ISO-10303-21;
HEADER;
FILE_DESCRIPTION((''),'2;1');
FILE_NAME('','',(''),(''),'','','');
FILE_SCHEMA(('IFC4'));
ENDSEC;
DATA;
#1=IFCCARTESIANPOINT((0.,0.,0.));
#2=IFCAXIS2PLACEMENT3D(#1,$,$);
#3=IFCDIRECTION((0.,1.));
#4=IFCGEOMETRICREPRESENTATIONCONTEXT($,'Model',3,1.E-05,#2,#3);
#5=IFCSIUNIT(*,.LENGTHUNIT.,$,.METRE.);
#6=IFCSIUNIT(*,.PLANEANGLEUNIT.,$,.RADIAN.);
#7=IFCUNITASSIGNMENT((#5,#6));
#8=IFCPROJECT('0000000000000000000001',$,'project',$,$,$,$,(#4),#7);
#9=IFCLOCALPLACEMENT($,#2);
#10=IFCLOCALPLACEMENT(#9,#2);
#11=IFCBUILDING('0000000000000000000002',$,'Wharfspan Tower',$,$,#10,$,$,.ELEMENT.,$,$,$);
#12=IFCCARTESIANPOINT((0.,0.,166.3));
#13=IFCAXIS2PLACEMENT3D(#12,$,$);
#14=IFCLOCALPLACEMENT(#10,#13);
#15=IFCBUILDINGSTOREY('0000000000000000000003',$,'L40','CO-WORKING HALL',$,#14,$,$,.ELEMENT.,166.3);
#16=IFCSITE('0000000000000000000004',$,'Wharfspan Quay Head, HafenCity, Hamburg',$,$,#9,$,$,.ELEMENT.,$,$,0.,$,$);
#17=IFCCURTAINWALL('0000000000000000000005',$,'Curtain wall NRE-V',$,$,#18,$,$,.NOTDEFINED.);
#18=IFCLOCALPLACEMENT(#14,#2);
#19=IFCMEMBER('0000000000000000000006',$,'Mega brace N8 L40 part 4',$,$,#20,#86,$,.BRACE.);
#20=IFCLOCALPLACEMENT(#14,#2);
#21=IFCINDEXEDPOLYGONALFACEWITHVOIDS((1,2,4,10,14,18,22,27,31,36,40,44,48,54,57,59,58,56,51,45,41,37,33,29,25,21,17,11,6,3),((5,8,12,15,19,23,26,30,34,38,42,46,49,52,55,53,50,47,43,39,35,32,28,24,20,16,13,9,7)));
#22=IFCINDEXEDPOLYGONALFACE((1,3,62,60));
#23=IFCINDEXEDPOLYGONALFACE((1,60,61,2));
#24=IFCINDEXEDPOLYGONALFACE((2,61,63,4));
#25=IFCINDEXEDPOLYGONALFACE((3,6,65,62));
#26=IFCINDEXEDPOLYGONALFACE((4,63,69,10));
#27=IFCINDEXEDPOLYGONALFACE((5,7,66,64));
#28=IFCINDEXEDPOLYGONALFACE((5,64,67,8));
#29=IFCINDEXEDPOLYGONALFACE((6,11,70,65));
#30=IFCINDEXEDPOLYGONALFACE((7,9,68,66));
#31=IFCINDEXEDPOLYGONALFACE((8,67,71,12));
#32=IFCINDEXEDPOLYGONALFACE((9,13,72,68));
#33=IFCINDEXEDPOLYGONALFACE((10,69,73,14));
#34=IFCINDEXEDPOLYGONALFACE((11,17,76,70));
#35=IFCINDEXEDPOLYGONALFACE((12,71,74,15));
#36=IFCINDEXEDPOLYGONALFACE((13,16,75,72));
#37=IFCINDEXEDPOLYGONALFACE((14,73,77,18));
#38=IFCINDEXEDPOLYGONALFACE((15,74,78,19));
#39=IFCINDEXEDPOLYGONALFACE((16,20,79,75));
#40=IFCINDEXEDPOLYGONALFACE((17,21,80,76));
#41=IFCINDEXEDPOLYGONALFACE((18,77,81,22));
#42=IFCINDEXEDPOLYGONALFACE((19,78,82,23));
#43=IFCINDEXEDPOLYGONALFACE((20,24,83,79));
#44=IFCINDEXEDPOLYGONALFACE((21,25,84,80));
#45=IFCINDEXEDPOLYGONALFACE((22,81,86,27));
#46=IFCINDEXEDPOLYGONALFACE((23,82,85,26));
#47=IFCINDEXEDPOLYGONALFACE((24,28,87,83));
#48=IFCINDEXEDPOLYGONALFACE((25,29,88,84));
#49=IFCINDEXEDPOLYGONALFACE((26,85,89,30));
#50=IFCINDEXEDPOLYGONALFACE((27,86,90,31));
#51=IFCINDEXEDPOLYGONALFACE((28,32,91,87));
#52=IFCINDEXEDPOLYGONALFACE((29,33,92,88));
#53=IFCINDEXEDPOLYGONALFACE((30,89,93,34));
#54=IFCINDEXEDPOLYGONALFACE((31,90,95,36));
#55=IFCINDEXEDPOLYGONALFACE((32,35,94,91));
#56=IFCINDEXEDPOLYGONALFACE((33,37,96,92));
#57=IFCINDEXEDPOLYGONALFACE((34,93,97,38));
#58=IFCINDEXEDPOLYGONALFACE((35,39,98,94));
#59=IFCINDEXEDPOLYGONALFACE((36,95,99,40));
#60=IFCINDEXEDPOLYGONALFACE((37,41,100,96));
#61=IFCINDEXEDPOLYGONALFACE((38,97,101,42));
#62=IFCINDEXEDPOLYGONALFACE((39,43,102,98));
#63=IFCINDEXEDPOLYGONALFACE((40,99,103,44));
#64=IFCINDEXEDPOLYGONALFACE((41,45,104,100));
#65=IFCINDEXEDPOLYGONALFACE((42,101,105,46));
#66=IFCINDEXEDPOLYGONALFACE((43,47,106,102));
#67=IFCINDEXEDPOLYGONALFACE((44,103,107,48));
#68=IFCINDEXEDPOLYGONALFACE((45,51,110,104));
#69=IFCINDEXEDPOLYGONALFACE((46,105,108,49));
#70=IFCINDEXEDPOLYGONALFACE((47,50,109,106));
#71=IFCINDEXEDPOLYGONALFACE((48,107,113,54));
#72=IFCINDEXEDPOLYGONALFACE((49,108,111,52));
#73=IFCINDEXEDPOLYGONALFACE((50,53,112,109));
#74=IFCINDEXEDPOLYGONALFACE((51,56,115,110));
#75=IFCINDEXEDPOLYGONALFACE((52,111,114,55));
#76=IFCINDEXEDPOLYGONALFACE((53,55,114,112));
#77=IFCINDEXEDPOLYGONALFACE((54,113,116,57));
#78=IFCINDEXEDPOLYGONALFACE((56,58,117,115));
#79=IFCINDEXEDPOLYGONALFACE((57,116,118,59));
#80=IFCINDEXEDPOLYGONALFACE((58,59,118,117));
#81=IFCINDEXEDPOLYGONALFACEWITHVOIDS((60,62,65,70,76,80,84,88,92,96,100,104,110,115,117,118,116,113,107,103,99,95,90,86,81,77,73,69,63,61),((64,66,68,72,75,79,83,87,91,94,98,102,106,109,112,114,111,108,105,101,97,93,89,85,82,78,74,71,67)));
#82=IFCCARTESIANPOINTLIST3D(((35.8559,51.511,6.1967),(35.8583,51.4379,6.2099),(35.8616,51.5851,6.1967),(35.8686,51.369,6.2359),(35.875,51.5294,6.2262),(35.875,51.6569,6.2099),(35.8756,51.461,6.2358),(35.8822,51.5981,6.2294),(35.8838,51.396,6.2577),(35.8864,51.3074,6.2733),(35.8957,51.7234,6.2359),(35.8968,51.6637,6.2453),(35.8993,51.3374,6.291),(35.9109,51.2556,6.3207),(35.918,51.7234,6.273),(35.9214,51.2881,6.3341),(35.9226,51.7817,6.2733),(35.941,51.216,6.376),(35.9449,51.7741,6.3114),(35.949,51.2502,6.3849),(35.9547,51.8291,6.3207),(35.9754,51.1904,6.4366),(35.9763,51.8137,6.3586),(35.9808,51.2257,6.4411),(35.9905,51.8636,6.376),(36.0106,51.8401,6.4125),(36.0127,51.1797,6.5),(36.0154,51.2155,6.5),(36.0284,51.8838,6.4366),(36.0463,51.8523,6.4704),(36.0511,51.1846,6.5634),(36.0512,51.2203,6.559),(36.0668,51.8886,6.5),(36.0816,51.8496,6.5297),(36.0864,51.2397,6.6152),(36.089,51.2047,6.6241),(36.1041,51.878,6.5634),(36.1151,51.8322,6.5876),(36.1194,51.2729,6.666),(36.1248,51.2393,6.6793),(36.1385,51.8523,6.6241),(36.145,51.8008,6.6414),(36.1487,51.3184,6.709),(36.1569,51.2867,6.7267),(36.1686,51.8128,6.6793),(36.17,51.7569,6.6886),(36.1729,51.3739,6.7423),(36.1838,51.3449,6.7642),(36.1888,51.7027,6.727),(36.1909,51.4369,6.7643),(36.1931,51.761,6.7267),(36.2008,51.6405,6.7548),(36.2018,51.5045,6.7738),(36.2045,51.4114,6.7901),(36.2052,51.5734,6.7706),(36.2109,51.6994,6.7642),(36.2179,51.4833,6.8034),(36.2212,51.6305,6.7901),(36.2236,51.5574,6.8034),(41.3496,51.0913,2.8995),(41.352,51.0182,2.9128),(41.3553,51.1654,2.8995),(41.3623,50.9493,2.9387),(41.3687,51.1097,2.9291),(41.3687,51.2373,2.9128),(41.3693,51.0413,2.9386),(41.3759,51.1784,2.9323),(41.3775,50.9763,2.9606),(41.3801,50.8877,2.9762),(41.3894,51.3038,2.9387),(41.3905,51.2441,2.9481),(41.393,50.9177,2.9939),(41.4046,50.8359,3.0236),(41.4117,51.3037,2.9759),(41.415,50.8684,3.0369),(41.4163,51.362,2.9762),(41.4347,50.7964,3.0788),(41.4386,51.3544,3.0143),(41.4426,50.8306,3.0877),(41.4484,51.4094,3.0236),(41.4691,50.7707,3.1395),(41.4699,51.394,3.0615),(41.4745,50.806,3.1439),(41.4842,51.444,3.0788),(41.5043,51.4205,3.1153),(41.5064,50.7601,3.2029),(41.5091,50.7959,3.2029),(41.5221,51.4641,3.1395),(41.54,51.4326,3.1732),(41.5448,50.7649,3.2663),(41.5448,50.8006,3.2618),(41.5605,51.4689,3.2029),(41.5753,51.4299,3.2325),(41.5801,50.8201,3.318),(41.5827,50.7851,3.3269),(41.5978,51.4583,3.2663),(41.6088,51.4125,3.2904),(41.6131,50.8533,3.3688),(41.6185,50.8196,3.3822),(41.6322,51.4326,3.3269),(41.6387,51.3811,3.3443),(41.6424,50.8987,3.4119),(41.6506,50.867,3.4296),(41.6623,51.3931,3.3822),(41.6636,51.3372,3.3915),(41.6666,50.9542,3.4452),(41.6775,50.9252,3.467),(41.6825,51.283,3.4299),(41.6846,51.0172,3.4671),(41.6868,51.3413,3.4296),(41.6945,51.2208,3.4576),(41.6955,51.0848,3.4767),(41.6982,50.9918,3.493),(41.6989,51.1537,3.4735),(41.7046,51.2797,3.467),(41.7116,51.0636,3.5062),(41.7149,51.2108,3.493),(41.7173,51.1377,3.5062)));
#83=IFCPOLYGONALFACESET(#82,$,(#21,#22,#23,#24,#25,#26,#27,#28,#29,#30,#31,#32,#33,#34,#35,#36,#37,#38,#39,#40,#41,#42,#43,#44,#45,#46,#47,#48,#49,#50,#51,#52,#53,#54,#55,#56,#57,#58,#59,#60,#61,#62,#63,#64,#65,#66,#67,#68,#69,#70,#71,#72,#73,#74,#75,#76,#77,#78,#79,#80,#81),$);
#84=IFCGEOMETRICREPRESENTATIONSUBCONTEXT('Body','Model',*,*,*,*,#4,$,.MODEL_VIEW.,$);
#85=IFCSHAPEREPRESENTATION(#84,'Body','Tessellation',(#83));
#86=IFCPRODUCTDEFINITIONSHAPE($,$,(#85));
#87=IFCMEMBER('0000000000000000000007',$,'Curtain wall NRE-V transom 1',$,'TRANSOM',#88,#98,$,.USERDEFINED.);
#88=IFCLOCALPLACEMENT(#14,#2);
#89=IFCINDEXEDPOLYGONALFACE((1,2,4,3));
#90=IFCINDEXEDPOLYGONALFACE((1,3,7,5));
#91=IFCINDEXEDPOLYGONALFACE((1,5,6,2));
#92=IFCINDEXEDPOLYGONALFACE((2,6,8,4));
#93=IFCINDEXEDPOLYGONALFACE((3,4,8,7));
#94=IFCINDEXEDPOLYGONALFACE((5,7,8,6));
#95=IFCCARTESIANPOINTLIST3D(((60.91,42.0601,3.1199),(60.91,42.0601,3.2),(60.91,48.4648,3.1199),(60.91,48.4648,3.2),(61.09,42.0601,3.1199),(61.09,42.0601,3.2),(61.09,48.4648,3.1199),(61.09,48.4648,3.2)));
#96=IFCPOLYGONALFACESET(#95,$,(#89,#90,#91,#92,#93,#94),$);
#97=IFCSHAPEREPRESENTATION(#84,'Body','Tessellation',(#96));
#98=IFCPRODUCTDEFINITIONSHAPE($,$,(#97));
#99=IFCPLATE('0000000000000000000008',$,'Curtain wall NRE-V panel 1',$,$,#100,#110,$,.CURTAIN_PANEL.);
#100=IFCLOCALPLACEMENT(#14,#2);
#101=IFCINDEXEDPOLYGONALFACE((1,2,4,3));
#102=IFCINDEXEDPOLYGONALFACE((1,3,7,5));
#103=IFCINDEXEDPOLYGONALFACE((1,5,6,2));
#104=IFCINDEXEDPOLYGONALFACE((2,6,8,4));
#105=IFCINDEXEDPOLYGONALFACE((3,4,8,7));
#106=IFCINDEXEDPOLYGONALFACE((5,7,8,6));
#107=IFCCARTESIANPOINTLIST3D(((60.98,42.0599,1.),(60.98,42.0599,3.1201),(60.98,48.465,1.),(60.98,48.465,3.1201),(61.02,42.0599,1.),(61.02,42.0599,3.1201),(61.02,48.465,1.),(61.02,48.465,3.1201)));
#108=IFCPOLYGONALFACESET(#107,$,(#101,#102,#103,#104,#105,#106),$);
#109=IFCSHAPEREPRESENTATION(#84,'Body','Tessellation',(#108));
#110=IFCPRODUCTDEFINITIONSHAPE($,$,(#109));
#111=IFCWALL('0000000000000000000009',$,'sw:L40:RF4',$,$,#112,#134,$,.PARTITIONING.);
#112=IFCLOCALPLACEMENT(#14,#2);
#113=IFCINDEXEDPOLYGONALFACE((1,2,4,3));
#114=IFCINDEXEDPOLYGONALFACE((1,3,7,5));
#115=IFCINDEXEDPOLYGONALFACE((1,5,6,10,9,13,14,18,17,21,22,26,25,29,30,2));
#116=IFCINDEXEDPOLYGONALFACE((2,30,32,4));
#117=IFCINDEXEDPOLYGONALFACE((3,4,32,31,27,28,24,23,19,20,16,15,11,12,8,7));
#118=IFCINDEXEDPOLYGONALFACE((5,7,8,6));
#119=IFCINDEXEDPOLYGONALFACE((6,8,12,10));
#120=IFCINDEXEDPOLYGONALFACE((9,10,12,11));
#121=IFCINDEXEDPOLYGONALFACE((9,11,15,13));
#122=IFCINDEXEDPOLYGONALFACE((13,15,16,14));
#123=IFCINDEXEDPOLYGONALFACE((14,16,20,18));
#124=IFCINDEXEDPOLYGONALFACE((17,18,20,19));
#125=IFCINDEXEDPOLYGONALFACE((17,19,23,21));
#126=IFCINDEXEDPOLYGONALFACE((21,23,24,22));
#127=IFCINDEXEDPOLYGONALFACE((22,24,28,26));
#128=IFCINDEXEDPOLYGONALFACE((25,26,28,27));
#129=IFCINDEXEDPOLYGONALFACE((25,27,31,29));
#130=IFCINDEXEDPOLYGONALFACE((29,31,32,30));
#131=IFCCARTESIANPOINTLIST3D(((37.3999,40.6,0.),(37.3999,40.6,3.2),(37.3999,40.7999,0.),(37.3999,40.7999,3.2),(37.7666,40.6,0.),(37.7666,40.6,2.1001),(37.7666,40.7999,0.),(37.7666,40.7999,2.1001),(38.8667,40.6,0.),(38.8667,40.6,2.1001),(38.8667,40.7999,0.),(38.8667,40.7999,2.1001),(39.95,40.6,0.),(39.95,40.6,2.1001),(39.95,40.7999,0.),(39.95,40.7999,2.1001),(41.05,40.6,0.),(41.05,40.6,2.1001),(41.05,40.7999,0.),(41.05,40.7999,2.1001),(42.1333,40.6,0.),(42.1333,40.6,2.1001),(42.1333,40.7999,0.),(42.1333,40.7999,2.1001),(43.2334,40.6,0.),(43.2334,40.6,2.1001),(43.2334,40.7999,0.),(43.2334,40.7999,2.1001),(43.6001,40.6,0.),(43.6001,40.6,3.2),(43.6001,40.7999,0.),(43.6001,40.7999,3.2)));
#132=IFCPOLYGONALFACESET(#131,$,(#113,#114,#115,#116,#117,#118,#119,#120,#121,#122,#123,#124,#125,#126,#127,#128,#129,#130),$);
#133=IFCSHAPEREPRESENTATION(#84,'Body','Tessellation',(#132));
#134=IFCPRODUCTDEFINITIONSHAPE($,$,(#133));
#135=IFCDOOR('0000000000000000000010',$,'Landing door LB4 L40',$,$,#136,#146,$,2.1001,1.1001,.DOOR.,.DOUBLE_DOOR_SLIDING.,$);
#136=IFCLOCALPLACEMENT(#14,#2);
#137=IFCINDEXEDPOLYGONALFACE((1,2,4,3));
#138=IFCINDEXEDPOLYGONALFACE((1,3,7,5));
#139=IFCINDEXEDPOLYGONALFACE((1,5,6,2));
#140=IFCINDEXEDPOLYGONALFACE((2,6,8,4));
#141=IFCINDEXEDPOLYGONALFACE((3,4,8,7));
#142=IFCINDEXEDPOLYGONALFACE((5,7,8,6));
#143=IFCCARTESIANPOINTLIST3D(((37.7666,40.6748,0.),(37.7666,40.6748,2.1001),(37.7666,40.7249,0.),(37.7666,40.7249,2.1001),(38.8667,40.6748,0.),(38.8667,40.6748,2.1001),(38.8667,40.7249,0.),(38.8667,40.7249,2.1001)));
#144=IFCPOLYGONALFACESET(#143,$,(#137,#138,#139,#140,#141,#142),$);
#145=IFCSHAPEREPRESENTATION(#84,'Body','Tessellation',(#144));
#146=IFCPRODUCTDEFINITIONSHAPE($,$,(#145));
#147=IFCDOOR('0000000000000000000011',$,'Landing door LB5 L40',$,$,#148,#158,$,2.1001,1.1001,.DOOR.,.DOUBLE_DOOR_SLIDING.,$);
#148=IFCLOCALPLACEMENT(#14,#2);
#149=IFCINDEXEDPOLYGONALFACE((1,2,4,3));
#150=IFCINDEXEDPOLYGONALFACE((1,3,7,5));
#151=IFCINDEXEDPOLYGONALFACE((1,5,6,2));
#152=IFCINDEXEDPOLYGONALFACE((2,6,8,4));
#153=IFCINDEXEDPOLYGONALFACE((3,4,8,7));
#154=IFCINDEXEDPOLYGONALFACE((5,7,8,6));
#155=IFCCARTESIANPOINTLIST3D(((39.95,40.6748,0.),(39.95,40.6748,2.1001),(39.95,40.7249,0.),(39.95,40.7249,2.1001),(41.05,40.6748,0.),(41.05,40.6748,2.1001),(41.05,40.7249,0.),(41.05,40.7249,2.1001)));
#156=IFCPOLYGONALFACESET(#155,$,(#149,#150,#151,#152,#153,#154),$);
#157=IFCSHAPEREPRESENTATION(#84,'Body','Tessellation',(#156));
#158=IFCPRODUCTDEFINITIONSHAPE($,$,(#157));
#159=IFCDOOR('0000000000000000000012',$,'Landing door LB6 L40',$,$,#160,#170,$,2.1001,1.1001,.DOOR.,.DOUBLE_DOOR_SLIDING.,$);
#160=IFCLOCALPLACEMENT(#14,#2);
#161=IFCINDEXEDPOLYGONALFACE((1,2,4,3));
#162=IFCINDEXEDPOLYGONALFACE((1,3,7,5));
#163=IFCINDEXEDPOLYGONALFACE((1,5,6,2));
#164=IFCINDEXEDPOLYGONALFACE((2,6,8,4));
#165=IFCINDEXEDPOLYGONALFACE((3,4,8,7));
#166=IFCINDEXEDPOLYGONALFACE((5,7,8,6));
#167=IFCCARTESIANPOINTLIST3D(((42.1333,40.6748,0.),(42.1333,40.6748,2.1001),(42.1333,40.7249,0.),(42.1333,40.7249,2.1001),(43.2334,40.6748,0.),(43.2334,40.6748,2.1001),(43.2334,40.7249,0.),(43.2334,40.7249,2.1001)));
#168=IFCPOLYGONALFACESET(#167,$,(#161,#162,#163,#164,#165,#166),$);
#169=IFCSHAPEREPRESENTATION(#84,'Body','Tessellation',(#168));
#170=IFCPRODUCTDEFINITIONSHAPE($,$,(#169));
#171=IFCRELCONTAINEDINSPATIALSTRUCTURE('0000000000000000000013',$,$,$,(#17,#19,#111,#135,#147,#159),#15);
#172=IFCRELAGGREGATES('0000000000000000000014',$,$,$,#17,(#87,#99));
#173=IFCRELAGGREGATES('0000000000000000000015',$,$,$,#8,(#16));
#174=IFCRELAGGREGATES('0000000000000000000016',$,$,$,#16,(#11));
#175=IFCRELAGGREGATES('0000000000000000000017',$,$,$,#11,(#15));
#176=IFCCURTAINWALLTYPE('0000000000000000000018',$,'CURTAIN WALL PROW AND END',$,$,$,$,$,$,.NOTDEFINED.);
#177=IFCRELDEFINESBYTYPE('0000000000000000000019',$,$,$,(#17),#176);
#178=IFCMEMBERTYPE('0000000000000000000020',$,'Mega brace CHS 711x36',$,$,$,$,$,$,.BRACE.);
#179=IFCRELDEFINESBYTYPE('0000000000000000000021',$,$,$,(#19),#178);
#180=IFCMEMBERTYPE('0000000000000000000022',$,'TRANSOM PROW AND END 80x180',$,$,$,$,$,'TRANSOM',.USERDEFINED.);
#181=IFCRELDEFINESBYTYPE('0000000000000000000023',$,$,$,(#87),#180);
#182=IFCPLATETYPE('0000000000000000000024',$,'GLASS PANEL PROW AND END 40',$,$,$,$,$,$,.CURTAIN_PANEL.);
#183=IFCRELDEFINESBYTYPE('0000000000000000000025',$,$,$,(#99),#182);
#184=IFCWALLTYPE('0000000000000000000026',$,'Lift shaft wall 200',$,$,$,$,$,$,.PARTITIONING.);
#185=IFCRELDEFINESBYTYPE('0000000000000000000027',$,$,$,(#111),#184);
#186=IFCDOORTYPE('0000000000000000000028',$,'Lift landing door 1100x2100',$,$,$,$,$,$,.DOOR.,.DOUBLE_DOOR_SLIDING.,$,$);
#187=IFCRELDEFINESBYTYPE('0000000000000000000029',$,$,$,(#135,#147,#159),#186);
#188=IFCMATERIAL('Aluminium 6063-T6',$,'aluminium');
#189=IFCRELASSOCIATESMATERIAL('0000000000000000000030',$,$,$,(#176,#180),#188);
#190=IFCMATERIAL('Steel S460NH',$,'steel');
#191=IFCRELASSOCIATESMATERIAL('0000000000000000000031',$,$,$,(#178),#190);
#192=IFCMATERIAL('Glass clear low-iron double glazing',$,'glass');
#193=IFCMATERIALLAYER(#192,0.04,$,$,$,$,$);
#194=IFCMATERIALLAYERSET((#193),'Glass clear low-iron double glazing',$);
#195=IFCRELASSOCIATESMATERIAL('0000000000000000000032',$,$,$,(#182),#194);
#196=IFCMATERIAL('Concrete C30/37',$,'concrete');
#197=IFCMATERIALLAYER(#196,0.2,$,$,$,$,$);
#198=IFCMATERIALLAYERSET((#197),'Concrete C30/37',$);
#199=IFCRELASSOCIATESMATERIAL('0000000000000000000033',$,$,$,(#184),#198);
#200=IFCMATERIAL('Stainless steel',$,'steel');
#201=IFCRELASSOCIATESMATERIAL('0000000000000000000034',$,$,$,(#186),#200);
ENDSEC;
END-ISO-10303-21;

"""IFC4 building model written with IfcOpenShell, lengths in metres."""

from ifc_helpers import new_model, si_unit, direction, frame, frame_2d, origin, origin_2d, place, context, subcontext, project, spatial, rectangle, hollow_circle, extrude, material, layer, layer_set, material_profile, profile_set, type_object, element, fill, aggregate, save


model = new_model("IFC4")

# Units and contexts
model_context = context("Model", 3, precision=1e-05, world=origin(), true_north=direction((0.0, 1.0)))
body_context = subcontext(model_context, "Body", "Model", "MODEL_VIEW")
ifc_project = project(units=[si_unit("LENGTHUNIT", "METRE"), si_unit("PLANEANGLEUNIT", "RADIAN")], contexts=[model_context])

# Site, building, storey
site_placement = place(None, origin())
site = spatial("IfcSite", under=ifc_project, at=site_placement, Name="Wharfspan Quay Head, HafenCity, Hamburg", CompositionType="ELEMENT", RefElevation=0.0)
building_placement = place(site_placement, origin())
building = spatial("IfcBuilding", under=site, at=building_placement, Name="Wharfspan Tower", CompositionType="ELEMENT")
storey_placement = place(building_placement, frame((0.0, 0.0, 166.3)))
storey = spatial("IfcBuildingStorey", under=building, at=storey_placement, Name="L40", Description="CO-WORKING HALL", CompositionType="ELEMENT", Elevation=166.3)

# Curtain wall
ifc_material_1 = material(Name="Aluminium 6063-T6", Category="aluminium")
curtain_wall_type = type_object("IfcCurtainWallType", Name="CURTAIN WALL PROW AND END", PredefinedType="NOTDEFINED", material=ifc_material_1)
curtain_wall_placement = place(storey_placement, origin())
curtain_wall = element("IfcCurtainWall", 1, at=curtain_wall_placement, inside=storey, type_object=curtain_wall_type, Name="Curtain wall NRE-V", PredefinedType="NOTDEFINED")

# Member
ifc_material_2 = material(Name="Steel S460NH", Category="steel")
ifc_material_profile_1 = material_profile(ifc_material_2, hollow_circle(Radius=0.3555, WallThickness=0.0359, at=origin_2d()))
ifc_profile_set_1 = profile_set([ifc_material_profile_1], Name="Steel S460NH")
member_type_1 = type_object("IfcMemberType", Name="Mega brace CHS 711x36", PredefinedType="BRACE", material=ifc_profile_set_1)
for number, where, z_axis, x_axis, name in (
    (2, (41.5334, 51.1145, 3.2029), (-0.855596, 0.065362, 0.513502), (-0.076171, -0.997095, 0.000001), "Mega brace N8 L40 part 4"),
):
    element("IfcMember", number, at=place(storey_placement, frame(where, z_axis=z_axis, x_axis=x_axis)), inside=storey, type_object=member_type_1, Name=name, PredefinedType="BRACE", context=body_context, shape_type="SweptSolid", body=[
        extrude(hollow_circle(Radius=0.3555, WallThickness=0.0359, at=origin_2d()), origin(), (0.0, 0.0, 1.0), 6.4209),
    ])

# Member
ifc_material_profile_2 = material_profile(ifc_material_1, rectangle(XDim=0.1799, YDim=0.0801, at=origin_2d()))
ifc_profile_set_2 = profile_set([ifc_material_profile_2], Name="Aluminium 6063-T6")
member_type_2 = type_object("IfcMemberType", Name="TRANSOM PROW AND END 80x180", ElementType="TRANSOM", PredefinedType="USERDEFINED", material=ifc_profile_set_2)
member_1_placement = place(storey_placement, frame((61.0, 42.0601, 3.1599), z_axis=(0.0, 1.0, 0.0), x_axis=(-1.0, 0.0, 0.0)))
member_1 = element("IfcMember", 3, at=member_1_placement, type_object=member_type_2, Name="Curtain wall NRE-V transom 1", ObjectType="TRANSOM", PredefinedType="USERDEFINED", context=body_context, shape_type="SweptSolid", body=[
    extrude(rectangle(XDim=0.1799, YDim=0.0801, at=origin_2d()), origin(), (0.0, 0.0, 1.0), 6.4048),
])

# Plate
ifc_material_3 = material(Name="Glass clear low-iron double glazing", Category="glass")
ifc_layer_1 = layer(ifc_material_3, 0.04)
ifc_layer_set_1 = layer_set([ifc_layer_1], Name="Glass clear low-iron double glazing")
plate_type = type_object("IfcPlateType", Name="GLASS PANEL PROW AND END 40", PredefinedType="CURTAIN_PANEL", material=ifc_layer_set_1)
plate_placement = place(storey_placement, frame((61.0, 45.2625, 1.0), z_axis=(0.0, 0.0, 1.0), x_axis=(0.0, 1.0, 0.0)))
plate = element("IfcPlate", 4, at=plate_placement, type_object=plate_type, Name="Curtain wall NRE-V panel 1", PredefinedType="CURTAIN_PANEL", context=body_context, shape_type="SweptSolid", body=[
    extrude(rectangle(XDim=6.405, YDim=0.04, at=origin_2d()), origin(), (0.0, 0.0, 1.0), 2.1201),
])
aggregate(curtain_wall, [member_1, plate])

# Wall, openings, doors
ifc_material_4 = material(Name="Concrete C30/37", Category="concrete")
ifc_layer_2 = layer(ifc_material_4, 0.2)
ifc_layer_set_2 = layer_set([ifc_layer_2], Name="Concrete C30/37")
wall_type_1 = type_object("IfcWallType", Name="Lift shaft wall 200", PredefinedType="PARTITIONING", material=ifc_layer_set_2)
wall_1_placement = place(storey_placement, frame((37.3999, 40.7, 0.0), z_axis=(0.0, 0.0, 1.0), x_axis=(1.0, 0.0, 0.0)))
wall_1 = element("IfcWall", 5, at=wall_1_placement, inside=storey, type_object=wall_type_1, Name="sw:L40:RF4", PredefinedType="PARTITIONING", context=body_context, shape_type="SweptSolid", body=[
    extrude(rectangle(XDim=6.2002, YDim=0.2, at=frame_2d((3.1001, 0.0))), origin(), (0.0, 0.0, 1.0), 3.2),
])
opening_1_placement = place(wall_1_placement, frame((0.3667, 0.0, 0.0)))
opening_1 = element("IfcOpeningElement", 6, at=opening_1_placement, cuts=wall_1, PredefinedType="OPENING", context=body_context, shape_type="SweptSolid", body=[
    extrude(rectangle(XDim=1.1001, YDim=2.1001, at=frame_2d((0.55, 1.05))), frame((0.0, 0.1099, 0.0), z_axis=(0.0, -1.0, 0.0), x_axis=(1.0, 0.0, 0.0)), (0.0, 0.0, 1.0), 0.22),
])
opening_2_placement = place(wall_1_placement, frame((2.55, 0.0, 0.0)))
opening_2 = element("IfcOpeningElement", 7, at=opening_2_placement, cuts=wall_1, PredefinedType="OPENING", context=body_context, shape_type="SweptSolid", body=[
    extrude(rectangle(XDim=1.1001, YDim=2.1001, at=frame_2d((0.55, 1.05))), frame((0.0, 0.1099, 0.0), z_axis=(0.0, -1.0, 0.0), x_axis=(1.0, 0.0, 0.0)), (0.0, 0.0, 1.0), 0.22),
])
opening_3_placement = place(wall_1_placement, frame((4.7334, 0.0, 0.0)))
opening_3 = element("IfcOpeningElement", 8, at=opening_3_placement, cuts=wall_1, PredefinedType="OPENING", context=body_context, shape_type="SweptSolid", body=[
    extrude(rectangle(XDim=1.1001, YDim=2.1001, at=frame_2d((0.55, 1.05))), frame((0.0, 0.1099, 0.0), z_axis=(0.0, -1.0, 0.0), x_axis=(1.0, 0.0, 0.0)), (0.0, 0.0, 1.0), 0.22),
])
ifc_material_5 = material(Name="Stainless steel", Category="steel")
door_type_1 = type_object("IfcDoorType", Name="Lift landing door 1100x2100", OperationType="DOUBLE_DOOR_SLIDING", PredefinedType="DOOR", material=ifc_material_5)
door_1_placement = place(opening_1_placement, origin())
door_1 = element("IfcDoor", 9, at=door_1_placement, inside=storey, type_object=door_type_1, Name="Landing door LB4 L40", OperationType="DOUBLE_DOOR_SLIDING", OverallHeight=2.1001, OverallWidth=1.1001, PredefinedType="DOOR", context=body_context, shape_type="SweptSolid", body=[
    extrude(rectangle(XDim=1.1001, YDim=2.1001, at=frame_2d((0.55, 1.05))), frame((0.0, 0.0249, 0.0), z_axis=(0.0, -1.0, 0.0), x_axis=(1.0, 0.0, 0.0)), (0.0, 0.0, 1.0), 0.05),
])
fill(opening_1, door_1)
door_2_placement = place(opening_2_placement, origin())
door_2 = element("IfcDoor", 10, at=door_2_placement, inside=storey, type_object=door_type_1, Name="Landing door LB5 L40", OperationType="DOUBLE_DOOR_SLIDING", OverallHeight=2.1001, OverallWidth=1.1001, PredefinedType="DOOR", context=body_context, shape_type="SweptSolid", body=[
    extrude(rectangle(XDim=1.1001, YDim=2.1001, at=frame_2d((0.55, 1.05))), frame((0.0, 0.0249, 0.0), z_axis=(0.0, -1.0, 0.0), x_axis=(1.0, 0.0, 0.0)), (0.0, 0.0, 1.0), 0.05),
])
fill(opening_2, door_2)
door_3_placement = place(opening_3_placement, origin())
door_3 = element("IfcDoor", 11, at=door_3_placement, inside=storey, type_object=door_type_1, Name="Landing door LB6 L40", OperationType="DOUBLE_DOOR_SLIDING", OverallHeight=2.1001, OverallWidth=1.1001, PredefinedType="DOOR", context=body_context, shape_type="SweptSolid", body=[
    extrude(rectangle(XDim=1.1001, YDim=2.1001, at=frame_2d((0.55, 1.05))), frame((0.0, 0.0249, 0.0), z_axis=(0.0, -1.0, 0.0), x_axis=(1.0, 0.0, 0.0)), (0.0, 0.0, 1.0), 0.05),
])
fill(opening_3, door_3)

save(model, "model.ifc")
